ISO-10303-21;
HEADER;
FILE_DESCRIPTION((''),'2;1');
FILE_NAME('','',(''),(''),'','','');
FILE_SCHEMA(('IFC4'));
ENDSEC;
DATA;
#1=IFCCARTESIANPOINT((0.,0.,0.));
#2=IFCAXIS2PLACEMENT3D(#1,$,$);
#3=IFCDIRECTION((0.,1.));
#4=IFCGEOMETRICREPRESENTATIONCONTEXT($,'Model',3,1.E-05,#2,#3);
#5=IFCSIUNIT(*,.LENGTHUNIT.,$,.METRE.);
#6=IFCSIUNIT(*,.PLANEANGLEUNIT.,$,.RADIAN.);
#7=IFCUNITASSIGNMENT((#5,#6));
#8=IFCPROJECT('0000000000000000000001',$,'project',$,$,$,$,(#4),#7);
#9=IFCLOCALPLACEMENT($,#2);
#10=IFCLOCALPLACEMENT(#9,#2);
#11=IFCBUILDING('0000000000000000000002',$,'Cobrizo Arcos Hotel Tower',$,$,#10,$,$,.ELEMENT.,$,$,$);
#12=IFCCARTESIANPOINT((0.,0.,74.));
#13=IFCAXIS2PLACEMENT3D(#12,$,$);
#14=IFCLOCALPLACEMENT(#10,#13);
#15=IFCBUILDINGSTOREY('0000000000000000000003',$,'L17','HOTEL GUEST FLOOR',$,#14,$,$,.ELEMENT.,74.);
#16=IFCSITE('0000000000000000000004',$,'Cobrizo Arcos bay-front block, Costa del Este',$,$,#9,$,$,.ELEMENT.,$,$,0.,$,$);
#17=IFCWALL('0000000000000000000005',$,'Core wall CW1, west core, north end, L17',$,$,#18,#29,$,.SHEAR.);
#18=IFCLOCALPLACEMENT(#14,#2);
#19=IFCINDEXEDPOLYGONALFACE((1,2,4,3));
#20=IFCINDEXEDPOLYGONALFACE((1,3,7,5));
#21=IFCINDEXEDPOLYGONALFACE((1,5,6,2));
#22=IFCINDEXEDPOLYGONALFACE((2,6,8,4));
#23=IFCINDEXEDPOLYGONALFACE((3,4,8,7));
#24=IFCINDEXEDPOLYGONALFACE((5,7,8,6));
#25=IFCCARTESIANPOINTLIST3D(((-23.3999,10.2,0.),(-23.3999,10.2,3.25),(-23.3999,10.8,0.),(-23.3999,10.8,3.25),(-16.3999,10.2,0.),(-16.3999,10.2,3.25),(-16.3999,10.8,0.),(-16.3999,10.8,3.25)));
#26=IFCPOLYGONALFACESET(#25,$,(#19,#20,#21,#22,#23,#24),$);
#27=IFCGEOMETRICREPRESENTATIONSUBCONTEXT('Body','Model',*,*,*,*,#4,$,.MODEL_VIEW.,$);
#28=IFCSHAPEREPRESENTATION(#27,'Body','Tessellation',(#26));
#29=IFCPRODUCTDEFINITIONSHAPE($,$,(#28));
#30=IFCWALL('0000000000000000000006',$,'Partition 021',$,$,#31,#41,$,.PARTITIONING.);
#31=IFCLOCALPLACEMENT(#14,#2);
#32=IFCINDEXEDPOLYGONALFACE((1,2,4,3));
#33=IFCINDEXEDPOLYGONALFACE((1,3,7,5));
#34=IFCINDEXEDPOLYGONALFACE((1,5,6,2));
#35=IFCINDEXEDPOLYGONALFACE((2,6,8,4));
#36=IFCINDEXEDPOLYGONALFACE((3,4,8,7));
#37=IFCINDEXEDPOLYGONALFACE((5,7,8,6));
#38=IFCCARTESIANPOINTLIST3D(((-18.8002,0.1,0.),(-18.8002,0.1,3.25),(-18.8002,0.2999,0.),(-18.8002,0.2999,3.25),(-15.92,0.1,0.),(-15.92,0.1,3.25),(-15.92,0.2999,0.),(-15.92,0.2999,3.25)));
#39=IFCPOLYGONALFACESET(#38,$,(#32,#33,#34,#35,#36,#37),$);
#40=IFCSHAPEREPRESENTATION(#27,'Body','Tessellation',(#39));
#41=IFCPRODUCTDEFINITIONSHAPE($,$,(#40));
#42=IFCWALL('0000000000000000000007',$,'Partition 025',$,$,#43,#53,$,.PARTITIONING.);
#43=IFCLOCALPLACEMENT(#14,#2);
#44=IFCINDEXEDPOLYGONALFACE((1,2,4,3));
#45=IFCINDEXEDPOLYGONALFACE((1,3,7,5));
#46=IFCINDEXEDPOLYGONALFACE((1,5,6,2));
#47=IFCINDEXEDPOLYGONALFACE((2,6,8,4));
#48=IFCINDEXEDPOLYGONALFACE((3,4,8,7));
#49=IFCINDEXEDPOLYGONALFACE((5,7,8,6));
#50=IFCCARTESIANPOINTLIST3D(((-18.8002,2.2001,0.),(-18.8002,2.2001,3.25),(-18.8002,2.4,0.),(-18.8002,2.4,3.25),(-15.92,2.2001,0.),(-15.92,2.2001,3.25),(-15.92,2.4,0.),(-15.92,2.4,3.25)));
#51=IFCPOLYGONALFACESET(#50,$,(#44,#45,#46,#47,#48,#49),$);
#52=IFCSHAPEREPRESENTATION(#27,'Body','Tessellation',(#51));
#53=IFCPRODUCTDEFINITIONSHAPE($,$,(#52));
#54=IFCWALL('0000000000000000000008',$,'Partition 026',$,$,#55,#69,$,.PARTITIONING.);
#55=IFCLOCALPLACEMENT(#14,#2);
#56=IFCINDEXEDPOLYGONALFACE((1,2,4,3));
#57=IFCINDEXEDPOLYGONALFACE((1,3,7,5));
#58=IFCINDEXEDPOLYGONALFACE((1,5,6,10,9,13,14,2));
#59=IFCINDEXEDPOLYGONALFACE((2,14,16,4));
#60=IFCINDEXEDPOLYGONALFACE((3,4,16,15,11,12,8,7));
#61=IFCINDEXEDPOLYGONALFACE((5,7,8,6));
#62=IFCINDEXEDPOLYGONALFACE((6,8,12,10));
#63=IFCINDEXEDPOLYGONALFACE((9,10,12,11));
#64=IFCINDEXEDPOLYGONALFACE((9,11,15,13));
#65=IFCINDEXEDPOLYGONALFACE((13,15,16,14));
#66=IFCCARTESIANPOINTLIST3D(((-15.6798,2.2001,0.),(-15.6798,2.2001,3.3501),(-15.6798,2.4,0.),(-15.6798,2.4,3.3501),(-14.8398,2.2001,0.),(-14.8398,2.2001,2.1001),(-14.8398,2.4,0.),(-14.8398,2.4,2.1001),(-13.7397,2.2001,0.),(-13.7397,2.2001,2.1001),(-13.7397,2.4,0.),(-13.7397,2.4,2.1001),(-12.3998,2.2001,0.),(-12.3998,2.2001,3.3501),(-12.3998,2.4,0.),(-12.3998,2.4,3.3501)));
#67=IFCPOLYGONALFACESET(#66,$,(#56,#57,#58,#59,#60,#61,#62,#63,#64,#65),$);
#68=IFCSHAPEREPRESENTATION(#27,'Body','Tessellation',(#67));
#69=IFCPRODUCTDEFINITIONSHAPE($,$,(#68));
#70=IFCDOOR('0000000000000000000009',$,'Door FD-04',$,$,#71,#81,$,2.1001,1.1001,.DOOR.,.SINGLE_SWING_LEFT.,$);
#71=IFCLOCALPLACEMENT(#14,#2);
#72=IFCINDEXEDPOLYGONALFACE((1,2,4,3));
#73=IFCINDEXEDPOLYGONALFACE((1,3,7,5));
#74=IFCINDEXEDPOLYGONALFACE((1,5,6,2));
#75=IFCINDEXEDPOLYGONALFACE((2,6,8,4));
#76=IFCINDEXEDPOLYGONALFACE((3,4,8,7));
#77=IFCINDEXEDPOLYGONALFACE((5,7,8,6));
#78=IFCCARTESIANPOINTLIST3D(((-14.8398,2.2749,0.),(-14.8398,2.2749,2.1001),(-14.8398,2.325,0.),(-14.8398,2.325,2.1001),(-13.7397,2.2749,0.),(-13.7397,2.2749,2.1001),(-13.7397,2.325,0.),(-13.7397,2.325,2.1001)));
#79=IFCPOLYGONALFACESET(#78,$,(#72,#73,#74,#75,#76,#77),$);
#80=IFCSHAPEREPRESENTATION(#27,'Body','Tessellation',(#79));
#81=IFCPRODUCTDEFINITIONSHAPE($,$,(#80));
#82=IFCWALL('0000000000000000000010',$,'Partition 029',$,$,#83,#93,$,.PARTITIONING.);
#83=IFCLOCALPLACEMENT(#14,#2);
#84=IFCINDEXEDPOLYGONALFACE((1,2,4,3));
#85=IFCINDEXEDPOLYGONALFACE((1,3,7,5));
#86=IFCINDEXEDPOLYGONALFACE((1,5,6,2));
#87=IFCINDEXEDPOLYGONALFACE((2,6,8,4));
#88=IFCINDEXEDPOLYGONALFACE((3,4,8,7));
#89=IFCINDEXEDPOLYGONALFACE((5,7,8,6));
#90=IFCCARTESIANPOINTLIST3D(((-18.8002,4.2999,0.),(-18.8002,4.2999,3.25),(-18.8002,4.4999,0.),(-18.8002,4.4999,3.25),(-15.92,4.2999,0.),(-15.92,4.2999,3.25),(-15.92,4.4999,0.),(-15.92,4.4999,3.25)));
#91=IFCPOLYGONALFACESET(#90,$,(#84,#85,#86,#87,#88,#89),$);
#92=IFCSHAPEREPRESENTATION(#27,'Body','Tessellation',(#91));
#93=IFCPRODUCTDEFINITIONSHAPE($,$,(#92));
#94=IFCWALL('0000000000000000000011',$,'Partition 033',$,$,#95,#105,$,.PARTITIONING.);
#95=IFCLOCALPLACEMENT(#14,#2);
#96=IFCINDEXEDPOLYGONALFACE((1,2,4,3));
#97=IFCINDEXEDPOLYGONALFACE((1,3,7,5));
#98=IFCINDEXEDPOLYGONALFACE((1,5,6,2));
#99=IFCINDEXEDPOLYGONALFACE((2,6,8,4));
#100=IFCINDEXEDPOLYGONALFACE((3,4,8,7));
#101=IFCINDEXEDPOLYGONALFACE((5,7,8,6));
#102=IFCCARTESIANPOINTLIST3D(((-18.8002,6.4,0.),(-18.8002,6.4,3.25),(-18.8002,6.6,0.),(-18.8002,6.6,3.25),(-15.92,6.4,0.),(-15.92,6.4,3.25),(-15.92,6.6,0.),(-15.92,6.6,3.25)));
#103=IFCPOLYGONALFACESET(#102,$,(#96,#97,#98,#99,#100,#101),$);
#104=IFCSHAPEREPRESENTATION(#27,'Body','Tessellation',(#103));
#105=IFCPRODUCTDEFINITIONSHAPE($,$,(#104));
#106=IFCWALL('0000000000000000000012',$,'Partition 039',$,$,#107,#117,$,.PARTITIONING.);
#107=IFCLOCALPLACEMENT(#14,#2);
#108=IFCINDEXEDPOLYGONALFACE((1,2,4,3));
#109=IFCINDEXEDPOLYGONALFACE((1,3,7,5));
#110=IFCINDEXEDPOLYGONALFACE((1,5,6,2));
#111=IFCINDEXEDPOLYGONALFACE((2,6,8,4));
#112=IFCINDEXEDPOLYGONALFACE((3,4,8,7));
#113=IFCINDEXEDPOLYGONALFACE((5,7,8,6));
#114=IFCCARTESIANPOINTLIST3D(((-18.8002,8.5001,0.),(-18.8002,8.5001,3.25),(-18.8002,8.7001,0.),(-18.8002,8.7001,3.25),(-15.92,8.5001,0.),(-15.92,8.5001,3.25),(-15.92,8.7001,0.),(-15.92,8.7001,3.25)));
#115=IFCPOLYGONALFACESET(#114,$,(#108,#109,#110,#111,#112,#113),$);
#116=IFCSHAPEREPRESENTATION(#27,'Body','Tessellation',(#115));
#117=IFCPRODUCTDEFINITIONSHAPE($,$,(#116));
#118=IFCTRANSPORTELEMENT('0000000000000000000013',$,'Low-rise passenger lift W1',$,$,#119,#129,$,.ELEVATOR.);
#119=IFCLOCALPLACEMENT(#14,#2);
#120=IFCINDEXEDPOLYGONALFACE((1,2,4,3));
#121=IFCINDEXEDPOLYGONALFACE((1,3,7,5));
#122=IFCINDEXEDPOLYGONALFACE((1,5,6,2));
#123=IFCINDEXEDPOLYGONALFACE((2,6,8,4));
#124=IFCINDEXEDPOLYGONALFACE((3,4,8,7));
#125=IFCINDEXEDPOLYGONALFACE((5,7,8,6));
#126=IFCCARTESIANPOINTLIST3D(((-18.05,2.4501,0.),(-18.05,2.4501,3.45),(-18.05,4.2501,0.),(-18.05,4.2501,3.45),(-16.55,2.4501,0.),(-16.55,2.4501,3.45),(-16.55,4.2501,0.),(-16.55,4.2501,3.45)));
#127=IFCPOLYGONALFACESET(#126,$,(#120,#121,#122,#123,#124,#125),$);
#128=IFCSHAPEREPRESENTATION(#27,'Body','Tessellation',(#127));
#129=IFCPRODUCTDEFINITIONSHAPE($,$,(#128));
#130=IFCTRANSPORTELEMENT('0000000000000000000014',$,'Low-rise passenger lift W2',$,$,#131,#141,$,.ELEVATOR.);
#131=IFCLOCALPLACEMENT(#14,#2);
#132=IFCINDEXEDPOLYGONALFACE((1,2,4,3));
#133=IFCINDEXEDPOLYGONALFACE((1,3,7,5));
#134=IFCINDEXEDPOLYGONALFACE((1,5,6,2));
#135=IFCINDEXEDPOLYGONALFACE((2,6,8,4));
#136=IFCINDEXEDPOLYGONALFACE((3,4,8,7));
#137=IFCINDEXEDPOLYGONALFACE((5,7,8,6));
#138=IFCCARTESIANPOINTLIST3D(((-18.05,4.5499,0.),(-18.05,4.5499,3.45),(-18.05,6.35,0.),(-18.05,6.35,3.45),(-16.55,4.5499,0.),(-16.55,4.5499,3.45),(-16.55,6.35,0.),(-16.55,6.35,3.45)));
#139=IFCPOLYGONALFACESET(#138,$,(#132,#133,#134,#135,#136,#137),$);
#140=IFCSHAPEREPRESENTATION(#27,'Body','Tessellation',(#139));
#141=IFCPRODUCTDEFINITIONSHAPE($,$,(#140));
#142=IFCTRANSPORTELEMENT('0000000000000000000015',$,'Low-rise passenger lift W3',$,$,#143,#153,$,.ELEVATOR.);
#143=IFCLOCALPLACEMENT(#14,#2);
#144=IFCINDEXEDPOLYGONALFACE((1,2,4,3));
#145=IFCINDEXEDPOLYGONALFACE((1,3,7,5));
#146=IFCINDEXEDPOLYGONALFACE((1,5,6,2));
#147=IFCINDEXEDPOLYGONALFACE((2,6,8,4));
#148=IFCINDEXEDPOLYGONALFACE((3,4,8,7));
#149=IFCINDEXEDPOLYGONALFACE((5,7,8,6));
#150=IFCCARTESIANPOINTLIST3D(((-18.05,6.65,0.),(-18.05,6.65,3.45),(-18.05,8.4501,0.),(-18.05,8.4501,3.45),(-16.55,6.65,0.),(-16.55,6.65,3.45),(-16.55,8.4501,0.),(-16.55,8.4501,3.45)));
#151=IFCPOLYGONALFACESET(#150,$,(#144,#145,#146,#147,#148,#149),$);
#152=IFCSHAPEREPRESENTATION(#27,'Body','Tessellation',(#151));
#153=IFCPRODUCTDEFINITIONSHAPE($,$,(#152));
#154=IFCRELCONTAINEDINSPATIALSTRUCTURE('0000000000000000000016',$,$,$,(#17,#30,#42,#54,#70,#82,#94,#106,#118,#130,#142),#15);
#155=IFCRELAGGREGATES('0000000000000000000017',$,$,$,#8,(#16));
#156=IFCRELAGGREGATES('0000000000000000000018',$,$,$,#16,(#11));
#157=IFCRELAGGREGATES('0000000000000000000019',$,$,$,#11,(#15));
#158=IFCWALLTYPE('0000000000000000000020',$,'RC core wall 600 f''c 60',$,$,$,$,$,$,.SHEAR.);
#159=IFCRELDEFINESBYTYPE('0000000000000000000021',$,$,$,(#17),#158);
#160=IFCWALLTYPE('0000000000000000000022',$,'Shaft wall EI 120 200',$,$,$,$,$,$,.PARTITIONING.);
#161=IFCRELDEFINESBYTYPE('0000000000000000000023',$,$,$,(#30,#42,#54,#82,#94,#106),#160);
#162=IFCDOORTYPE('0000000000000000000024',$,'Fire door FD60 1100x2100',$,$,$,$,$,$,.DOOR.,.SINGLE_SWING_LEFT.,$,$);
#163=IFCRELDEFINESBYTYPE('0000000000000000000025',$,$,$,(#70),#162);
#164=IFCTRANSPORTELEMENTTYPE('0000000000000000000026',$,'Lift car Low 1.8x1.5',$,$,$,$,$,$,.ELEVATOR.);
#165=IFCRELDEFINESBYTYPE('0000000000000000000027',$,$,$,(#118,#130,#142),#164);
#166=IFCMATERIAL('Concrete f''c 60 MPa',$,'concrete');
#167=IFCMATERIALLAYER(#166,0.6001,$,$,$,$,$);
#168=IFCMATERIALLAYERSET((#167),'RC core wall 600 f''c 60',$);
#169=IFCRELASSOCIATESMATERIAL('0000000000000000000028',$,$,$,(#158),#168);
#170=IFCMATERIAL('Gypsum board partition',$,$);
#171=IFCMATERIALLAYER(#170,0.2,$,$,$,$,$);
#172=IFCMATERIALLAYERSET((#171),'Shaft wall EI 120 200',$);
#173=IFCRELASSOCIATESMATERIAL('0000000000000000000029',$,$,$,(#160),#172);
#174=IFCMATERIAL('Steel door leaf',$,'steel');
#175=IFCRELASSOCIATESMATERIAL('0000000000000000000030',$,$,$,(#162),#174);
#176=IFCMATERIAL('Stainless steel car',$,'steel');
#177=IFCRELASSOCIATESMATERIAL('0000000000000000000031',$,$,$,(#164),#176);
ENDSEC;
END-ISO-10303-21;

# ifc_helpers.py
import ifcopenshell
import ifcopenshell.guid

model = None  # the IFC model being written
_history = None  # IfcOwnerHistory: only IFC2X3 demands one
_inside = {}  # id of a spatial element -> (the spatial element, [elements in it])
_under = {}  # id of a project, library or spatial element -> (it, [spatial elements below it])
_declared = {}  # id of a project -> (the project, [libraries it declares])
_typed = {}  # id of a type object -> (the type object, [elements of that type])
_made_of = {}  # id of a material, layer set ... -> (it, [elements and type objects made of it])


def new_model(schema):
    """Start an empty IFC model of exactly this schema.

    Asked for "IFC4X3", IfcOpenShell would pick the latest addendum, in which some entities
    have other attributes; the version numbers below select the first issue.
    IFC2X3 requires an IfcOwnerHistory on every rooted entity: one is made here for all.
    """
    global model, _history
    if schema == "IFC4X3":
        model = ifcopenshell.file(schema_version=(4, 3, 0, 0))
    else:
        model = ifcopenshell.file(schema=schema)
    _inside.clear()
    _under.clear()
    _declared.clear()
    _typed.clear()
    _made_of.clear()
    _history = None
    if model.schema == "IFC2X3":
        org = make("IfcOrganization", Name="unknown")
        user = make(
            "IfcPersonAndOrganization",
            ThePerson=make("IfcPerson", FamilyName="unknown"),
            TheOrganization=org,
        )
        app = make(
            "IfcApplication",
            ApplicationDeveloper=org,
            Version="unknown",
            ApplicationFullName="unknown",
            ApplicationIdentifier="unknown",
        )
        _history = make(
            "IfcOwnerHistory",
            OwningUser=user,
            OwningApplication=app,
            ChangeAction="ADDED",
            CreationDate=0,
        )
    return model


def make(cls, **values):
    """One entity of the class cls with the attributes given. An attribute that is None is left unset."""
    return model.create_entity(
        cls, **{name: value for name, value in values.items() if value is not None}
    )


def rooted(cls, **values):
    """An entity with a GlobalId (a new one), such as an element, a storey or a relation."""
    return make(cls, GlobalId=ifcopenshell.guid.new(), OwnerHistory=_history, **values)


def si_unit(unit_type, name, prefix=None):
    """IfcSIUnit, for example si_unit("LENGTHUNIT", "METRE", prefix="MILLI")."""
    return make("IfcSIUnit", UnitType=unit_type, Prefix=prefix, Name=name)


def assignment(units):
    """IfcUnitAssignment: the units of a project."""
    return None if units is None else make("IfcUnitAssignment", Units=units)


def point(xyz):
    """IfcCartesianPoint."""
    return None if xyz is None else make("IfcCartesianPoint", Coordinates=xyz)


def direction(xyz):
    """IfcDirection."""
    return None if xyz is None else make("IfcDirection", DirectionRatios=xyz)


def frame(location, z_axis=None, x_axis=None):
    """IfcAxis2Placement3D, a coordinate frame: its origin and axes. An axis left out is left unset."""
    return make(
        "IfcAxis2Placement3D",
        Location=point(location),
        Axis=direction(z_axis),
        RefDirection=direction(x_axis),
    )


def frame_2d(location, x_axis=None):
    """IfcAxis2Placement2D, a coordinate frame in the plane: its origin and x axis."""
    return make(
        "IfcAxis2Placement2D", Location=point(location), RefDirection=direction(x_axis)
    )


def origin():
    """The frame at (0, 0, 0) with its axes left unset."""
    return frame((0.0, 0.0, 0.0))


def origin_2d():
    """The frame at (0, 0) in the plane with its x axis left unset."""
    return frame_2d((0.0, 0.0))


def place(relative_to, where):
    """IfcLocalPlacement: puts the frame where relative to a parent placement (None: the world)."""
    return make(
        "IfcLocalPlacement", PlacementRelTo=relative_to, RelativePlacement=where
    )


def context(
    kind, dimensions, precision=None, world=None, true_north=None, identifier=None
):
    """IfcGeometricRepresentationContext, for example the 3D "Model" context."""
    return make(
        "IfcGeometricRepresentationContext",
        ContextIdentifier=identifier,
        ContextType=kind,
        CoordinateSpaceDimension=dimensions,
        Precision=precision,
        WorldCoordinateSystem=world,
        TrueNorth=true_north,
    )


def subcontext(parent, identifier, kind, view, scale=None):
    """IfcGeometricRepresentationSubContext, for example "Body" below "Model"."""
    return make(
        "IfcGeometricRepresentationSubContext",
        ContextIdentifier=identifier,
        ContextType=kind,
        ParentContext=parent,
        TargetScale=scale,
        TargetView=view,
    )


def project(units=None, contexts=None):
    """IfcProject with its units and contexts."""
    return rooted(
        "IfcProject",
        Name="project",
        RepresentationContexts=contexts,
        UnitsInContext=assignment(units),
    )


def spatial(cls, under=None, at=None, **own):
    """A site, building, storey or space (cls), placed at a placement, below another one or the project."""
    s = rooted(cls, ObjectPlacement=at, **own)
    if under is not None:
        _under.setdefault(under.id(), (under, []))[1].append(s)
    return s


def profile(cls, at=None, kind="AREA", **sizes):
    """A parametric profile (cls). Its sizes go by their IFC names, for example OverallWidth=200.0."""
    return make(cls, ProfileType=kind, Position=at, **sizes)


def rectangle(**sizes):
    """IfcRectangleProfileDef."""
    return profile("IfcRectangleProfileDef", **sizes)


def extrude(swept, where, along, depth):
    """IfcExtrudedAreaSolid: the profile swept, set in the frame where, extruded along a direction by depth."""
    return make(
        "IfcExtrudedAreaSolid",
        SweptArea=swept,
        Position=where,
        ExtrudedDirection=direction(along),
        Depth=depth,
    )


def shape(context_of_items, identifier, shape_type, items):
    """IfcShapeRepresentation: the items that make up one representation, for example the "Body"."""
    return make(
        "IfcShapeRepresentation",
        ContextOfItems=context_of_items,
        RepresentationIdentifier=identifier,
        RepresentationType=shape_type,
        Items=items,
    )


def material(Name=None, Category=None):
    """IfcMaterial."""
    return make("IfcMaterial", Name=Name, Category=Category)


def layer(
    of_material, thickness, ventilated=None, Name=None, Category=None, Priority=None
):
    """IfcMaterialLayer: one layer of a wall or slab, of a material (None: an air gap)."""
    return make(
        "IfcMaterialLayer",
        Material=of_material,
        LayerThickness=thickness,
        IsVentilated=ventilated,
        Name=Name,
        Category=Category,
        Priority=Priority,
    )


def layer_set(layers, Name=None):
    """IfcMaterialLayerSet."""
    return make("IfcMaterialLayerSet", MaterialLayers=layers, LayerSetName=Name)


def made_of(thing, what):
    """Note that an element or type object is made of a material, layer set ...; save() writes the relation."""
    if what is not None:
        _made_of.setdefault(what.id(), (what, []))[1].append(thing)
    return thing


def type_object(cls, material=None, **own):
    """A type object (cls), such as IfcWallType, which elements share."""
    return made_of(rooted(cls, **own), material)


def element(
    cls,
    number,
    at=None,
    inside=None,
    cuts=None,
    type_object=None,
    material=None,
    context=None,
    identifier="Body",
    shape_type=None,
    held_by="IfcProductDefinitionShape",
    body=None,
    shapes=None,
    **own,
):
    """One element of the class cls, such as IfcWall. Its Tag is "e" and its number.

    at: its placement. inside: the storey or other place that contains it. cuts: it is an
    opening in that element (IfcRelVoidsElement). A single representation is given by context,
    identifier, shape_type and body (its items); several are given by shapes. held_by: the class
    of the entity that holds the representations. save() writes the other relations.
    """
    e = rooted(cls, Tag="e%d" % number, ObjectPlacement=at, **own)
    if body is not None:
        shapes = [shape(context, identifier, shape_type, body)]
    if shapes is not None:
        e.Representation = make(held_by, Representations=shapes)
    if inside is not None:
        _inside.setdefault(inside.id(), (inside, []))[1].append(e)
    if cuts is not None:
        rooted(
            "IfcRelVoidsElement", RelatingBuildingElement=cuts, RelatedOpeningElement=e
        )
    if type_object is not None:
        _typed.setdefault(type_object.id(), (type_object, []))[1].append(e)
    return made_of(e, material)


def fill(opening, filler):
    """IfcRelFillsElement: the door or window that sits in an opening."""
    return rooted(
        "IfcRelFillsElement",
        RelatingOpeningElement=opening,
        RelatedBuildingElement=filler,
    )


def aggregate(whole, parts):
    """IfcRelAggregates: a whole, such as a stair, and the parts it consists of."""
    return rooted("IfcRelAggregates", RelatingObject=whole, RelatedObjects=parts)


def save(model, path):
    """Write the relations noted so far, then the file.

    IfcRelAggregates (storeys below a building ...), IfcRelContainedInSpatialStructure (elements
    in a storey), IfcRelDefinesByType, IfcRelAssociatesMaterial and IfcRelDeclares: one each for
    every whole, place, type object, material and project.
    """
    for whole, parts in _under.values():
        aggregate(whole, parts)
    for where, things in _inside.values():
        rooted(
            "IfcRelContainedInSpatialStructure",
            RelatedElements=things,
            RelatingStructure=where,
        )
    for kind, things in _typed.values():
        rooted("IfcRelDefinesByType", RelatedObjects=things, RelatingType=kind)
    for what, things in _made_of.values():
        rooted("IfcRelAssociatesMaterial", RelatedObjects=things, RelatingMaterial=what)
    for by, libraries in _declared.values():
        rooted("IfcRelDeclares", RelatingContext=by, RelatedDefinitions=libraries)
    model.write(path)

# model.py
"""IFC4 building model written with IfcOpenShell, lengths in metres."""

from ifc_helpers import new_model, si_unit, direction, frame, frame_2d, origin, origin_2d, place, context, subcontext, project, spatial, rectangle, extrude, material, layer, layer_set, type_object, element, fill, save


model = new_model("IFC4")

# Units and contexts
model_context = context("Model", 3, precision=1e-05, world=origin(), true_north=direction((0.0, 1.0)))
body_context = subcontext(model_context, "Body", "Model", "MODEL_VIEW")
ifc_project = project(units=[si_unit("LENGTHUNIT", "METRE"), si_unit("PLANEANGLEUNIT", "RADIAN")], contexts=[model_context])

# Site, building, storey
site_placement = place(None, origin())
site = spatial("IfcSite", under=ifc_project, at=site_placement, Name="Cobrizo Arcos bay-front block, Costa del Este", CompositionType="ELEMENT", RefElevation=0.0)
building_placement = place(site_placement, origin())
building = spatial("IfcBuilding", under=site, at=building_placement, Name="Cobrizo Arcos Hotel Tower", CompositionType="ELEMENT")
storey_placement = place(building_placement, frame((0.0, 0.0, 74.0)))
storey = spatial("IfcBuildingStorey", under=building, at=storey_placement, Name="L17", Description="HOTEL GUEST FLOOR", CompositionType="ELEMENT", Elevation=74.0)

# Shared definitions
ifc_material_1 = material(Name="Gypsum board partition")

# Walls
ifc_material_2 = material(Name="Concrete f'c 60 MPa", Category="concrete")
ifc_layer_1 = layer(ifc_material_2, 0.6001)
ifc_layer_set_1 = layer_set([ifc_layer_1], Name="RC core wall 600 f'c 60")
wall_type_1 = type_object("IfcWallType", Name="RC core wall 600 f'c 60", PredefinedType="SHEAR", material=ifc_layer_set_1)
wall_1_placement = place(storey_placement, frame((-23.3999, 10.5, 0.0), z_axis=(0.0, 0.0, 1.0), x_axis=(1.0, 0.0, 0.0)))
element("IfcWall", 1, at=wall_1_placement, inside=storey, type_object=wall_type_1, Name="Core wall CW1, west core, north end, L17", PredefinedType="SHEAR", context=body_context, shape_type="SweptSolid", body=[
    extrude(rectangle(XDim=7.0, YDim=0.6001, at=frame_2d((3.5, 0.0))), origin(), (0.0, 0.0, 1.0), 3.25),
])
ifc_layer_2 = layer(ifc_material_1, 0.2)
ifc_layer_set_2 = layer_set([ifc_layer_2], Name="Shaft wall EI 120 200")
wall_type_2 = type_object("IfcWallType", Name="Shaft wall EI 120 200", PredefinedType="PARTITIONING", material=ifc_layer_set_2)
for number, where, z_axis, x_axis, name in (
    (2, (-18.8, 0.2, 0.0), (0.0, 0.0, 1.0), (1.0, 0.0, 0.0), "Partition 021"),
    (3, (-18.8, 2.3, 0.0), (0.0, 0.0, 1.0), (1.0, 0.0, 0.0), "Partition 025"),
):
    element("IfcWall", number, at=place(storey_placement, frame(where, z_axis=z_axis, x_axis=x_axis)), inside=storey, type_object=wall_type_2, Name=name, PredefinedType="PARTITIONING", context=body_context, shape_type="SweptSolid", body=[
        extrude(rectangle(XDim=2.8801, YDim=0.2, at=frame_2d((1.4399, 0.0))), origin(), (0.0, 0.0, 1.0), 3.25),
    ])

# Wall, opening, door
wall_2_placement = place(storey_placement, frame((-15.6799, 2.3, 0.0), z_axis=(0.0, 0.0, 1.0), x_axis=(1.0, 0.0, 0.0)))
wall_2 = element("IfcWall", 4, at=wall_2_placement, inside=storey, type_object=wall_type_2, Name="Partition 026", PredefinedType="PARTITIONING", context=body_context, shape_type="SweptSolid", body=[
    extrude(rectangle(XDim=3.28, YDim=0.2, at=frame_2d((1.6401, 0.0))), origin(), (0.0, 0.0, 1.0), 3.3501),
])
opening_1_placement = place(wall_2_placement, frame((0.8401, 0.0, 0.0)))
opening_1 = element("IfcOpeningElement", 5, at=opening_1_placement, cuts=wall_2, PredefinedType="OPENING", context=body_context, shape_type="SweptSolid", body=[
    extrude(rectangle(XDim=1.1001, YDim=2.1001, at=frame_2d((0.55, 1.05))), frame((0.0, 0.1121, 0.0), z_axis=(0.0, -1.0, 0.0), x_axis=(1.0, 0.0, 0.0)), (0.0, 0.0, 1.0), 0.2239),
])
ifc_material_3 = material(Name="Steel door leaf", Category="steel")
door_type_1 = type_object("IfcDoorType", Name="Fire door FD60 1100x2100", OperationType="SINGLE_SWING_LEFT", PredefinedType="DOOR", material=ifc_material_3)
door_1_placement = place(opening_1_placement, origin())
door_1 = element("IfcDoor", 6, at=door_1_placement, inside=storey, type_object=door_type_1, Name="Door FD-04", OperationType="SINGLE_SWING_LEFT", OverallHeight=2.1001, OverallWidth=1.1001, PredefinedType="DOOR", context=body_context, shape_type="SweptSolid", body=[
    extrude(rectangle(XDim=1.1001, YDim=2.1001, at=frame_2d((0.55, 1.05))), frame((0.0, 0.0249, 0.0), z_axis=(0.0, -1.0, 0.0), x_axis=(1.0, 0.0, 0.0)), (0.0, 0.0, 1.0), 0.05),
])
fill(opening_1, door_1)

# Walls
for number, where, z_axis, x_axis, name in (
    (7, (-18.8, 4.3999, 0.0), (0.0, 0.0, 1.0), (1.0, 0.0, 0.0), "Partition 029"),
    (8, (-18.8, 6.5, 0.0), (0.0, 0.0, 1.0), (1.0, 0.0, 0.0), "Partition 033"),
    (9, (-18.8, 8.6001, 0.0), (0.0, 0.0, 1.0), (1.0, 0.0, 0.0), "Partition 039"),
):
    element("IfcWall", number, at=place(storey_placement, frame(where, z_axis=z_axis, x_axis=x_axis)), inside=storey, type_object=wall_type_2, Name=name, PredefinedType="PARTITIONING", context=body_context, shape_type="SweptSolid", body=[
        extrude(rectangle(XDim=2.8801, YDim=0.2, at=frame_2d((1.4399, 0.0))), origin(), (0.0, 0.0, 1.0), 3.25),
    ])

# Transport elements
ifc_material_4 = material(Name="Stainless steel car", Category="steel")
transport_element_type = type_object("IfcTransportElementType", Name="Lift car Low 1.8x1.5", PredefinedType="ELEVATOR", material=ifc_material_4)
for number, where, z_axis, x_axis, name in (
    (10, (-17.3, 3.3501, 0.0), (0.0, 0.0, 1.0), (1.0, 0.0, 0.0), "Low-rise passenger lift W1"),
    (11, (-17.3, 5.45, 0.0), (0.0, 0.0, 1.0), (1.0, 0.0, 0.0), "Low-rise passenger lift W2"),
    (12, (-17.3, 7.55, 0.0), (0.0, 0.0, 1.0), (1.0, 0.0, 0.0), "Low-rise passenger lift W3"),
):
    element("IfcTransportElement", number, at=place(storey_placement, frame(where, z_axis=z_axis, x_axis=x_axis)), inside=storey, type_object=transport_element_type, Name=name, PredefinedType="ELEVATOR", context=body_context, shape_type="SweptSolid", body=[
        extrude(rectangle(XDim=1.5, YDim=1.8, at=origin_2d()), origin(), (0.0, 0.0, 1.0), 3.45),
    ])

save(model, "model.ifc")
